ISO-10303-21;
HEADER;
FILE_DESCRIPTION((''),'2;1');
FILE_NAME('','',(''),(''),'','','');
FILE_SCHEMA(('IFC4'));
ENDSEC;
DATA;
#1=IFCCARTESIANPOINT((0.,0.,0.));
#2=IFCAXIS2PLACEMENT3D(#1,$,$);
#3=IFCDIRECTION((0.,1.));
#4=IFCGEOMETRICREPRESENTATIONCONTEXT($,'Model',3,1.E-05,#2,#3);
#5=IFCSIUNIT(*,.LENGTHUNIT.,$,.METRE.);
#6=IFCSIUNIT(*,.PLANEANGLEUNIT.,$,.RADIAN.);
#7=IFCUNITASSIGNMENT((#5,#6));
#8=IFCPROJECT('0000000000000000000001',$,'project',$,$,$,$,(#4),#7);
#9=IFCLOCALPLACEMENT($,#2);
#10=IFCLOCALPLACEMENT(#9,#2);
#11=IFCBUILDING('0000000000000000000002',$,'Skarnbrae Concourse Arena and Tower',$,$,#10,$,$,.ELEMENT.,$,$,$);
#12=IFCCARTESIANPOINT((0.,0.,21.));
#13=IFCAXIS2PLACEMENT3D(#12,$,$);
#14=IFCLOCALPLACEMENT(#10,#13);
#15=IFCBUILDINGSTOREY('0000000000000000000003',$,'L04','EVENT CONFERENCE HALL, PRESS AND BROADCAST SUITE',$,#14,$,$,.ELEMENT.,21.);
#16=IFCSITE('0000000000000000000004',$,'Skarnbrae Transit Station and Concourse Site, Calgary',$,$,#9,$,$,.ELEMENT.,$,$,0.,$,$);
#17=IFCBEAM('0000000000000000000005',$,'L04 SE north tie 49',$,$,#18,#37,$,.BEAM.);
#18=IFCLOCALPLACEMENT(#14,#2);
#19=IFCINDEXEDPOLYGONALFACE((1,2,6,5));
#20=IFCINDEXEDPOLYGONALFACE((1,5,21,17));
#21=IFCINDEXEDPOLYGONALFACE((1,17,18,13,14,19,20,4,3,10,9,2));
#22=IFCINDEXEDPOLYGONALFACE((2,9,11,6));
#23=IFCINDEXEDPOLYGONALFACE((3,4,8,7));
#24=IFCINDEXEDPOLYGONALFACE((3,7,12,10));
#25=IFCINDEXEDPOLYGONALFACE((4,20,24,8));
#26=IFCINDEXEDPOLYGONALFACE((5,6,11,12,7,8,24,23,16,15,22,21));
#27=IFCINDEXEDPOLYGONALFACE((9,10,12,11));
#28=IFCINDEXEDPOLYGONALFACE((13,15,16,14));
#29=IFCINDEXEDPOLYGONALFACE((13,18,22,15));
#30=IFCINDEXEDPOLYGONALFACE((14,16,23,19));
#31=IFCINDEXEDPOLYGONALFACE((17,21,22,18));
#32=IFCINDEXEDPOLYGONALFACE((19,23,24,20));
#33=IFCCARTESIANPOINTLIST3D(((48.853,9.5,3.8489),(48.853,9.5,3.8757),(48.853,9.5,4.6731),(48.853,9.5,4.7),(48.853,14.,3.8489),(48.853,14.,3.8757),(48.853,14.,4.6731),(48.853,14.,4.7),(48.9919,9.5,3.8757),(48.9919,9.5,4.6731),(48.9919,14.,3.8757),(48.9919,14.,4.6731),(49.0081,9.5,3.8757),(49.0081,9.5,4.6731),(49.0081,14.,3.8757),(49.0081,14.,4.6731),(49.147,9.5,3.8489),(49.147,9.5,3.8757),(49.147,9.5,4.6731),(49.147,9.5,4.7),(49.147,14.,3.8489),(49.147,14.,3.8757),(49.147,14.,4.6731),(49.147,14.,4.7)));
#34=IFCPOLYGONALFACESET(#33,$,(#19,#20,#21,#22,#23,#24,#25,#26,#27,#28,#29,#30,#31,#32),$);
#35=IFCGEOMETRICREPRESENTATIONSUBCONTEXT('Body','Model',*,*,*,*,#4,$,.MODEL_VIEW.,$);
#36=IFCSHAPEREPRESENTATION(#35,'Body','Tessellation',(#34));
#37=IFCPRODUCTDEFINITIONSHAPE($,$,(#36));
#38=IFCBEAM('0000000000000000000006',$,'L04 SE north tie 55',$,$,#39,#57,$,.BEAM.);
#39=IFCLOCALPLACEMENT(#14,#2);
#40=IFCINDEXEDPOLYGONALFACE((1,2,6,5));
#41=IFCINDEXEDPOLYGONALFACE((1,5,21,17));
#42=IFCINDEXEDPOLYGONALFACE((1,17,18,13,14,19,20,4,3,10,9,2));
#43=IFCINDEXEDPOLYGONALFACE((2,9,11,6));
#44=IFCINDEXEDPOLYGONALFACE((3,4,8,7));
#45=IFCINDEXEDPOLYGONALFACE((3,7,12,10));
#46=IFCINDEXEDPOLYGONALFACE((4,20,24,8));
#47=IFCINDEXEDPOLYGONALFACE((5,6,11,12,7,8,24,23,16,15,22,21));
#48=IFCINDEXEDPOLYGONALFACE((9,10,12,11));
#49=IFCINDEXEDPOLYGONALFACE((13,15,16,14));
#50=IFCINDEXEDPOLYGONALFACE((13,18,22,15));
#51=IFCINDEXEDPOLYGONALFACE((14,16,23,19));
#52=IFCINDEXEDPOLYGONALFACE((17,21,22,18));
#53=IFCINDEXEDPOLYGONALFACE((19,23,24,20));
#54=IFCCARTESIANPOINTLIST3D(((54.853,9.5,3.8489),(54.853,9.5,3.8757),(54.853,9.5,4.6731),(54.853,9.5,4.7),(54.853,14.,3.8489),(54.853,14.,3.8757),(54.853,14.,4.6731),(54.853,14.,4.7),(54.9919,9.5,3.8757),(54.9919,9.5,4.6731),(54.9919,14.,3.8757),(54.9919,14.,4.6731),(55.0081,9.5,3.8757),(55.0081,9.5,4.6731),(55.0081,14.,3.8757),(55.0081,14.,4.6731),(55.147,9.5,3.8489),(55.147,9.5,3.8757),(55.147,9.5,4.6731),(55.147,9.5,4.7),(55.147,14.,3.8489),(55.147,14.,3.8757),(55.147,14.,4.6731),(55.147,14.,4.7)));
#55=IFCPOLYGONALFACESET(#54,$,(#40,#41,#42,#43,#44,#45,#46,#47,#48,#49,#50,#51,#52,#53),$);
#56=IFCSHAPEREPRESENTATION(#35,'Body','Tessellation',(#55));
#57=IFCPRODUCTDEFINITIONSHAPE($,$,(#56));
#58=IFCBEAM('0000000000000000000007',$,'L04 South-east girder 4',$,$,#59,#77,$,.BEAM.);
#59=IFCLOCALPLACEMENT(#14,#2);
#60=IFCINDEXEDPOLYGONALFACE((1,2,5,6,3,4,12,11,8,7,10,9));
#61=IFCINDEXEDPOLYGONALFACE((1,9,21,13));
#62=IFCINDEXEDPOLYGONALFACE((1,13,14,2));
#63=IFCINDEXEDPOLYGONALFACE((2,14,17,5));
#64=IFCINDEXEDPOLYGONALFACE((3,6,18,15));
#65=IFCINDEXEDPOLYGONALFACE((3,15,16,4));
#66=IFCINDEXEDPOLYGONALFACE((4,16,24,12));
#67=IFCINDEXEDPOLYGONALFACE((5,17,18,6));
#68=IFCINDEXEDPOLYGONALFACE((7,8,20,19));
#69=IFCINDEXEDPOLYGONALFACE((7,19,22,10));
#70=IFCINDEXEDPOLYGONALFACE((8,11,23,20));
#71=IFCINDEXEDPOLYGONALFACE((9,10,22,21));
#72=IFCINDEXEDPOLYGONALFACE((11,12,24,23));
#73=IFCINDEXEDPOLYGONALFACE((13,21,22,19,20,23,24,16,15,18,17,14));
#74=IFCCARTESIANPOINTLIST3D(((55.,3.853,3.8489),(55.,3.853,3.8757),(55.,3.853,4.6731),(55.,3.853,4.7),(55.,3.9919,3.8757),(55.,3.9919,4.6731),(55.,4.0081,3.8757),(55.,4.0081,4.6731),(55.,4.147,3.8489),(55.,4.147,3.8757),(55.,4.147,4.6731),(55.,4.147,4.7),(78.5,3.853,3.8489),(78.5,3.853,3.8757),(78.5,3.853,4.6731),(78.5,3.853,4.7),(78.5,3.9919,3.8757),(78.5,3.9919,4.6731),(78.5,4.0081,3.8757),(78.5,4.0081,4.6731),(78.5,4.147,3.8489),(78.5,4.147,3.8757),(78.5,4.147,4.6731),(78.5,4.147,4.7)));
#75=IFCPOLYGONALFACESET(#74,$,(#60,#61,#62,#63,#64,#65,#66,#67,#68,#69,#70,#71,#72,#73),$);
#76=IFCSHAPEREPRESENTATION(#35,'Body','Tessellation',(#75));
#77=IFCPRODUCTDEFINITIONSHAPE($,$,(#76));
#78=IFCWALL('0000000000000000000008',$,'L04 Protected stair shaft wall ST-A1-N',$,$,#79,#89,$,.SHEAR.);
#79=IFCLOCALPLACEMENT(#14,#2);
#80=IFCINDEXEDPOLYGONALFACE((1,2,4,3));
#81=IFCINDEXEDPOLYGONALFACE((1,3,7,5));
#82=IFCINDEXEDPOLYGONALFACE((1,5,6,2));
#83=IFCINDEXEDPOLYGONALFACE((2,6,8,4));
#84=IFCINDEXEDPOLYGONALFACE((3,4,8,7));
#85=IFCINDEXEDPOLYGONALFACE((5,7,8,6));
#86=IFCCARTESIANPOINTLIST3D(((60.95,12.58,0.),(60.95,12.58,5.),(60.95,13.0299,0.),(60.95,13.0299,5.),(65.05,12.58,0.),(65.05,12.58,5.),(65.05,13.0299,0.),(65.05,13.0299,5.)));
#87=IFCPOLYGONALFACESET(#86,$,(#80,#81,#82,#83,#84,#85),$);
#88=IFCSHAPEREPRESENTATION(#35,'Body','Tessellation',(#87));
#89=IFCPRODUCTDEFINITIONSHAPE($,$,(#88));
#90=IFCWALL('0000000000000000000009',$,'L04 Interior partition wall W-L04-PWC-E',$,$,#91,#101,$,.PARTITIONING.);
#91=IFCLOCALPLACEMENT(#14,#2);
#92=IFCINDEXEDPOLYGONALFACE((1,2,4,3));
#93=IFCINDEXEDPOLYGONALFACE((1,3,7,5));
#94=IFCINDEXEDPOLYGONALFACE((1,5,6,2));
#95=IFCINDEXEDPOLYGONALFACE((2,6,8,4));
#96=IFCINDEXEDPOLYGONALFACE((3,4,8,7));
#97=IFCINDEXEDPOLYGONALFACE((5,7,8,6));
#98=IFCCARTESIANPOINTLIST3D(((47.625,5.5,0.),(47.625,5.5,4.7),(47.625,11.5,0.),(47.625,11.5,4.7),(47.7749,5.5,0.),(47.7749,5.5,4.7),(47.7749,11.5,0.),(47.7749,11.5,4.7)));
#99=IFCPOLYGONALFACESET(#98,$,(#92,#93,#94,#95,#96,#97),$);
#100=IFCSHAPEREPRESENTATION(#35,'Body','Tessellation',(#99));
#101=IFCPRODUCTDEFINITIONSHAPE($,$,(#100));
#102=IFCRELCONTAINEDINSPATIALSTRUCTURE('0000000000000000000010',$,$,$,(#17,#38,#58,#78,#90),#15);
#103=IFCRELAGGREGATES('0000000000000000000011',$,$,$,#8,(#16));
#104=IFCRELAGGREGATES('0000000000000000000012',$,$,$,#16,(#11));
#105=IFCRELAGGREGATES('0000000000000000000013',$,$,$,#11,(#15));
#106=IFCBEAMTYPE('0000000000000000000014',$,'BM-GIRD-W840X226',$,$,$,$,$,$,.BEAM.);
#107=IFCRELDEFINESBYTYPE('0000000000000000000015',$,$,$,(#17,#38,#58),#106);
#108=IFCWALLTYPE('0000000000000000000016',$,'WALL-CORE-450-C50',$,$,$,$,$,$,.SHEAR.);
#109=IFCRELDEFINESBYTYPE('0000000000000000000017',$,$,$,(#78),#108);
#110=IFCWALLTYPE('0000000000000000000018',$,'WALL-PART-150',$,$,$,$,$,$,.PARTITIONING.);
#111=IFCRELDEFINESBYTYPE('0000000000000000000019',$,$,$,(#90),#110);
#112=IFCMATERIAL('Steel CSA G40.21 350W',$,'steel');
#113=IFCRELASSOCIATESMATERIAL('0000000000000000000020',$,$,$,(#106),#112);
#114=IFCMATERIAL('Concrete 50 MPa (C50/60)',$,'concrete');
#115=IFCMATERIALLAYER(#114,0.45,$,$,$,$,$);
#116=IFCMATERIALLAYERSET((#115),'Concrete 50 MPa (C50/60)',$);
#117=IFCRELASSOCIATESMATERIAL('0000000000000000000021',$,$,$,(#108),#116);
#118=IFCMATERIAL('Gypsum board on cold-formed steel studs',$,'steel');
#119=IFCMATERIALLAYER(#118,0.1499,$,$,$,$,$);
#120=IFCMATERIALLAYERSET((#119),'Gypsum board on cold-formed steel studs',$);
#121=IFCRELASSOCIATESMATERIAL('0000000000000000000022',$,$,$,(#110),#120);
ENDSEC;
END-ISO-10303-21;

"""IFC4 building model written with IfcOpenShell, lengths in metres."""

from ifc_helpers import new_model, si_unit, direction, frame, frame_2d, origin, origin_2d, place, context, subcontext, project, spatial, rectangle, i_section, extrude, source, transform, mapped, material, layer, layer_set, material_profile, profile_set, type_object, element, save


model = new_model("IFC4")

# Units and contexts
model_context = context("Model", 3, precision=1e-05, world=origin(), true_north=direction((0.0, 1.0)))
body_context = subcontext(model_context, "Body", "Model", "MODEL_VIEW")
ifc_project = project(units=[si_unit("LENGTHUNIT", "METRE"), si_unit("PLANEANGLEUNIT", "RADIAN")], contexts=[model_context])

# Site, building, storey
site_placement = place(None, origin())
site = spatial("IfcSite", under=ifc_project, at=site_placement, Name="Skarnbrae Transit Station and Concourse Site, Calgary", CompositionType="ELEMENT", RefElevation=0.0)
building_placement = place(site_placement, origin())
building = spatial("IfcBuilding", under=site, at=building_placement, Name="Skarnbrae Concourse Arena and Tower", CompositionType="ELEMENT")
storey_placement = place(building_placement, frame((0.0, 0.0, 21.0)))
storey = spatial("IfcBuildingStorey", under=building, at=storey_placement, Name="L04", Description="EVENT CONFERENCE HALL, PRESS AND BROADCAST SUITE", CompositionType="ELEMENT", Elevation=21.0)

# Shared definitions
ifc_material_1 = material(Name="Steel CSA G40.21 350W", Category="steel")

# Beams
ifc_material_profile_1 = material_profile(ifc_material_1, i_section(OverallWidth=0.2939, OverallDepth=0.8511, WebThickness=0.0161, FlangeThickness=0.0269, at=origin_2d()), Name="W840X226")
ifc_profile_set_1 = profile_set([ifc_material_profile_1], Name="Steel CSA G40.21 350W")
beam_type = type_object("IfcBeamType", Name="BM-GIRD-W840X226", PredefinedType="BEAM", material=ifc_profile_set_1)
shared_shape_1 = source(origin(), body_context, "Body", "SweptSolid", [
    extrude(i_section(OverallWidth=0.2939, OverallDepth=0.8511, WebThickness=0.0161, FlangeThickness=0.0269, at=origin_2d()), origin(), (0.0, 0.0, 1.0), 4.5),
])
for number, where, z_axis, x_axis, name in (
    (1, (49.0, 9.5, 4.2744), (0.0, 1.0, 0.0), (-1.0, 0.0, 0.0), "L04 SE north tie 49"),
    (2, (55.0, 9.5, 4.2744), (0.0, 1.0, 0.0), (-1.0, 0.0, 0.0), "L04 SE north tie 55"),
):
    element("IfcBeam", number, at=place(storey_placement, frame(where, z_axis=z_axis, x_axis=x_axis)), inside=storey, type_object=beam_type, Name=name, PredefinedType="BEAM", context=body_context, shape_type="MappedRepresentation", body=[
        mapped(shared_shape_1, transform((0.0, 0.0, 0.0))),
    ])
shared_shape_2 = source(origin(), body_context, "Body", "SweptSolid", [
    extrude(i_section(OverallWidth=0.2939, OverallDepth=0.8511, WebThickness=0.0161, FlangeThickness=0.0269, at=origin_2d()), origin(), (0.0, 0.0, 1.0), 23.5),
])
beam_placement = place(storey_placement, frame((55.0, 4.0, 4.2744), z_axis=(1.0, 0.0, 0.0), x_axis=(0.0, 1.0, 0.0)))
element("IfcBeam", 3, at=beam_placement, inside=storey, type_object=beam_type, Name="L04 South-east girder 4", PredefinedType="BEAM", context=body_context, shape_type="MappedRepresentation", body=[
    mapped(shared_shape_2, transform((0.0, 0.0, 0.0))),
])

# Shared definitions
ifc_material_2 = material(Name="Concrete 50 MPa (C50/60)", Category="concrete")
ifc_layer_1 = layer(ifc_material_2, 0.45)
ifc_layer_set_1 = layer_set([ifc_layer_1], Name="Concrete 50 MPa (C50/60)")
wall_type_1 = type_object("IfcWallType", Name="WALL-CORE-450-C50", PredefinedType="SHEAR", material=ifc_layer_set_1)
shared_shape_3 = source(origin(), body_context, "Body", "SweptSolid", [
    extrude(rectangle(XDim=4.1001, YDim=0.45, at=frame_2d((2.05, 0.0))), origin(), (0.0, 0.0, 1.0), 5.0),
])

# Walls
wall_1_placement = place(storey_placement, frame((60.95, 12.8049, 0.0), z_axis=(0.0, 0.0, 1.0), x_axis=(1.0, 0.0, 0.0)))
element("IfcWall", 4, at=wall_1_placement, inside=storey, type_object=wall_type_1, Name="L04 Protected stair shaft wall ST-A1-N", PredefinedType="SHEAR", context=body_context, shape_type="MappedRepresentation", body=[
    mapped(shared_shape_3, transform((0.0, 0.0, 0.0))),
])
ifc_material_3 = material(Name="Gypsum board on cold-formed steel studs", Category="steel")
ifc_layer_2 = layer(ifc_material_3, 0.1499)
ifc_layer_set_2 = layer_set([ifc_layer_2], Name="Gypsum board on cold-formed steel studs")
wall_type_2 = type_object("IfcWallType", Name="WALL-PART-150", PredefinedType="PARTITIONING", material=ifc_layer_set_2)
shared_shape_4 = source(origin(), body_context, "Body", "SweptSolid", [
    extrude(rectangle(XDim=6.0, YDim=0.1499, at=frame_2d((3.0, 0.0))), origin(), (0.0, 0.0, 1.0), 4.7),
])
wall_2_placement = place(storey_placement, frame((47.7, 5.5, 0.0), z_axis=(0.0, 0.0, 1.0), x_axis=(0.0, 1.0, 0.0)))
element("IfcWall", 5, at=wall_2_placement, inside=storey, type_object=wall_type_2, Name="L04 Interior partition wall W-L04-PWC-E", PredefinedType="PARTITIONING", context=body_context, shape_type="MappedRepresentation", body=[
    mapped(shared_shape_4, transform((0.0, 0.0, 0.0))),
])

save(model, "model.ifc")
